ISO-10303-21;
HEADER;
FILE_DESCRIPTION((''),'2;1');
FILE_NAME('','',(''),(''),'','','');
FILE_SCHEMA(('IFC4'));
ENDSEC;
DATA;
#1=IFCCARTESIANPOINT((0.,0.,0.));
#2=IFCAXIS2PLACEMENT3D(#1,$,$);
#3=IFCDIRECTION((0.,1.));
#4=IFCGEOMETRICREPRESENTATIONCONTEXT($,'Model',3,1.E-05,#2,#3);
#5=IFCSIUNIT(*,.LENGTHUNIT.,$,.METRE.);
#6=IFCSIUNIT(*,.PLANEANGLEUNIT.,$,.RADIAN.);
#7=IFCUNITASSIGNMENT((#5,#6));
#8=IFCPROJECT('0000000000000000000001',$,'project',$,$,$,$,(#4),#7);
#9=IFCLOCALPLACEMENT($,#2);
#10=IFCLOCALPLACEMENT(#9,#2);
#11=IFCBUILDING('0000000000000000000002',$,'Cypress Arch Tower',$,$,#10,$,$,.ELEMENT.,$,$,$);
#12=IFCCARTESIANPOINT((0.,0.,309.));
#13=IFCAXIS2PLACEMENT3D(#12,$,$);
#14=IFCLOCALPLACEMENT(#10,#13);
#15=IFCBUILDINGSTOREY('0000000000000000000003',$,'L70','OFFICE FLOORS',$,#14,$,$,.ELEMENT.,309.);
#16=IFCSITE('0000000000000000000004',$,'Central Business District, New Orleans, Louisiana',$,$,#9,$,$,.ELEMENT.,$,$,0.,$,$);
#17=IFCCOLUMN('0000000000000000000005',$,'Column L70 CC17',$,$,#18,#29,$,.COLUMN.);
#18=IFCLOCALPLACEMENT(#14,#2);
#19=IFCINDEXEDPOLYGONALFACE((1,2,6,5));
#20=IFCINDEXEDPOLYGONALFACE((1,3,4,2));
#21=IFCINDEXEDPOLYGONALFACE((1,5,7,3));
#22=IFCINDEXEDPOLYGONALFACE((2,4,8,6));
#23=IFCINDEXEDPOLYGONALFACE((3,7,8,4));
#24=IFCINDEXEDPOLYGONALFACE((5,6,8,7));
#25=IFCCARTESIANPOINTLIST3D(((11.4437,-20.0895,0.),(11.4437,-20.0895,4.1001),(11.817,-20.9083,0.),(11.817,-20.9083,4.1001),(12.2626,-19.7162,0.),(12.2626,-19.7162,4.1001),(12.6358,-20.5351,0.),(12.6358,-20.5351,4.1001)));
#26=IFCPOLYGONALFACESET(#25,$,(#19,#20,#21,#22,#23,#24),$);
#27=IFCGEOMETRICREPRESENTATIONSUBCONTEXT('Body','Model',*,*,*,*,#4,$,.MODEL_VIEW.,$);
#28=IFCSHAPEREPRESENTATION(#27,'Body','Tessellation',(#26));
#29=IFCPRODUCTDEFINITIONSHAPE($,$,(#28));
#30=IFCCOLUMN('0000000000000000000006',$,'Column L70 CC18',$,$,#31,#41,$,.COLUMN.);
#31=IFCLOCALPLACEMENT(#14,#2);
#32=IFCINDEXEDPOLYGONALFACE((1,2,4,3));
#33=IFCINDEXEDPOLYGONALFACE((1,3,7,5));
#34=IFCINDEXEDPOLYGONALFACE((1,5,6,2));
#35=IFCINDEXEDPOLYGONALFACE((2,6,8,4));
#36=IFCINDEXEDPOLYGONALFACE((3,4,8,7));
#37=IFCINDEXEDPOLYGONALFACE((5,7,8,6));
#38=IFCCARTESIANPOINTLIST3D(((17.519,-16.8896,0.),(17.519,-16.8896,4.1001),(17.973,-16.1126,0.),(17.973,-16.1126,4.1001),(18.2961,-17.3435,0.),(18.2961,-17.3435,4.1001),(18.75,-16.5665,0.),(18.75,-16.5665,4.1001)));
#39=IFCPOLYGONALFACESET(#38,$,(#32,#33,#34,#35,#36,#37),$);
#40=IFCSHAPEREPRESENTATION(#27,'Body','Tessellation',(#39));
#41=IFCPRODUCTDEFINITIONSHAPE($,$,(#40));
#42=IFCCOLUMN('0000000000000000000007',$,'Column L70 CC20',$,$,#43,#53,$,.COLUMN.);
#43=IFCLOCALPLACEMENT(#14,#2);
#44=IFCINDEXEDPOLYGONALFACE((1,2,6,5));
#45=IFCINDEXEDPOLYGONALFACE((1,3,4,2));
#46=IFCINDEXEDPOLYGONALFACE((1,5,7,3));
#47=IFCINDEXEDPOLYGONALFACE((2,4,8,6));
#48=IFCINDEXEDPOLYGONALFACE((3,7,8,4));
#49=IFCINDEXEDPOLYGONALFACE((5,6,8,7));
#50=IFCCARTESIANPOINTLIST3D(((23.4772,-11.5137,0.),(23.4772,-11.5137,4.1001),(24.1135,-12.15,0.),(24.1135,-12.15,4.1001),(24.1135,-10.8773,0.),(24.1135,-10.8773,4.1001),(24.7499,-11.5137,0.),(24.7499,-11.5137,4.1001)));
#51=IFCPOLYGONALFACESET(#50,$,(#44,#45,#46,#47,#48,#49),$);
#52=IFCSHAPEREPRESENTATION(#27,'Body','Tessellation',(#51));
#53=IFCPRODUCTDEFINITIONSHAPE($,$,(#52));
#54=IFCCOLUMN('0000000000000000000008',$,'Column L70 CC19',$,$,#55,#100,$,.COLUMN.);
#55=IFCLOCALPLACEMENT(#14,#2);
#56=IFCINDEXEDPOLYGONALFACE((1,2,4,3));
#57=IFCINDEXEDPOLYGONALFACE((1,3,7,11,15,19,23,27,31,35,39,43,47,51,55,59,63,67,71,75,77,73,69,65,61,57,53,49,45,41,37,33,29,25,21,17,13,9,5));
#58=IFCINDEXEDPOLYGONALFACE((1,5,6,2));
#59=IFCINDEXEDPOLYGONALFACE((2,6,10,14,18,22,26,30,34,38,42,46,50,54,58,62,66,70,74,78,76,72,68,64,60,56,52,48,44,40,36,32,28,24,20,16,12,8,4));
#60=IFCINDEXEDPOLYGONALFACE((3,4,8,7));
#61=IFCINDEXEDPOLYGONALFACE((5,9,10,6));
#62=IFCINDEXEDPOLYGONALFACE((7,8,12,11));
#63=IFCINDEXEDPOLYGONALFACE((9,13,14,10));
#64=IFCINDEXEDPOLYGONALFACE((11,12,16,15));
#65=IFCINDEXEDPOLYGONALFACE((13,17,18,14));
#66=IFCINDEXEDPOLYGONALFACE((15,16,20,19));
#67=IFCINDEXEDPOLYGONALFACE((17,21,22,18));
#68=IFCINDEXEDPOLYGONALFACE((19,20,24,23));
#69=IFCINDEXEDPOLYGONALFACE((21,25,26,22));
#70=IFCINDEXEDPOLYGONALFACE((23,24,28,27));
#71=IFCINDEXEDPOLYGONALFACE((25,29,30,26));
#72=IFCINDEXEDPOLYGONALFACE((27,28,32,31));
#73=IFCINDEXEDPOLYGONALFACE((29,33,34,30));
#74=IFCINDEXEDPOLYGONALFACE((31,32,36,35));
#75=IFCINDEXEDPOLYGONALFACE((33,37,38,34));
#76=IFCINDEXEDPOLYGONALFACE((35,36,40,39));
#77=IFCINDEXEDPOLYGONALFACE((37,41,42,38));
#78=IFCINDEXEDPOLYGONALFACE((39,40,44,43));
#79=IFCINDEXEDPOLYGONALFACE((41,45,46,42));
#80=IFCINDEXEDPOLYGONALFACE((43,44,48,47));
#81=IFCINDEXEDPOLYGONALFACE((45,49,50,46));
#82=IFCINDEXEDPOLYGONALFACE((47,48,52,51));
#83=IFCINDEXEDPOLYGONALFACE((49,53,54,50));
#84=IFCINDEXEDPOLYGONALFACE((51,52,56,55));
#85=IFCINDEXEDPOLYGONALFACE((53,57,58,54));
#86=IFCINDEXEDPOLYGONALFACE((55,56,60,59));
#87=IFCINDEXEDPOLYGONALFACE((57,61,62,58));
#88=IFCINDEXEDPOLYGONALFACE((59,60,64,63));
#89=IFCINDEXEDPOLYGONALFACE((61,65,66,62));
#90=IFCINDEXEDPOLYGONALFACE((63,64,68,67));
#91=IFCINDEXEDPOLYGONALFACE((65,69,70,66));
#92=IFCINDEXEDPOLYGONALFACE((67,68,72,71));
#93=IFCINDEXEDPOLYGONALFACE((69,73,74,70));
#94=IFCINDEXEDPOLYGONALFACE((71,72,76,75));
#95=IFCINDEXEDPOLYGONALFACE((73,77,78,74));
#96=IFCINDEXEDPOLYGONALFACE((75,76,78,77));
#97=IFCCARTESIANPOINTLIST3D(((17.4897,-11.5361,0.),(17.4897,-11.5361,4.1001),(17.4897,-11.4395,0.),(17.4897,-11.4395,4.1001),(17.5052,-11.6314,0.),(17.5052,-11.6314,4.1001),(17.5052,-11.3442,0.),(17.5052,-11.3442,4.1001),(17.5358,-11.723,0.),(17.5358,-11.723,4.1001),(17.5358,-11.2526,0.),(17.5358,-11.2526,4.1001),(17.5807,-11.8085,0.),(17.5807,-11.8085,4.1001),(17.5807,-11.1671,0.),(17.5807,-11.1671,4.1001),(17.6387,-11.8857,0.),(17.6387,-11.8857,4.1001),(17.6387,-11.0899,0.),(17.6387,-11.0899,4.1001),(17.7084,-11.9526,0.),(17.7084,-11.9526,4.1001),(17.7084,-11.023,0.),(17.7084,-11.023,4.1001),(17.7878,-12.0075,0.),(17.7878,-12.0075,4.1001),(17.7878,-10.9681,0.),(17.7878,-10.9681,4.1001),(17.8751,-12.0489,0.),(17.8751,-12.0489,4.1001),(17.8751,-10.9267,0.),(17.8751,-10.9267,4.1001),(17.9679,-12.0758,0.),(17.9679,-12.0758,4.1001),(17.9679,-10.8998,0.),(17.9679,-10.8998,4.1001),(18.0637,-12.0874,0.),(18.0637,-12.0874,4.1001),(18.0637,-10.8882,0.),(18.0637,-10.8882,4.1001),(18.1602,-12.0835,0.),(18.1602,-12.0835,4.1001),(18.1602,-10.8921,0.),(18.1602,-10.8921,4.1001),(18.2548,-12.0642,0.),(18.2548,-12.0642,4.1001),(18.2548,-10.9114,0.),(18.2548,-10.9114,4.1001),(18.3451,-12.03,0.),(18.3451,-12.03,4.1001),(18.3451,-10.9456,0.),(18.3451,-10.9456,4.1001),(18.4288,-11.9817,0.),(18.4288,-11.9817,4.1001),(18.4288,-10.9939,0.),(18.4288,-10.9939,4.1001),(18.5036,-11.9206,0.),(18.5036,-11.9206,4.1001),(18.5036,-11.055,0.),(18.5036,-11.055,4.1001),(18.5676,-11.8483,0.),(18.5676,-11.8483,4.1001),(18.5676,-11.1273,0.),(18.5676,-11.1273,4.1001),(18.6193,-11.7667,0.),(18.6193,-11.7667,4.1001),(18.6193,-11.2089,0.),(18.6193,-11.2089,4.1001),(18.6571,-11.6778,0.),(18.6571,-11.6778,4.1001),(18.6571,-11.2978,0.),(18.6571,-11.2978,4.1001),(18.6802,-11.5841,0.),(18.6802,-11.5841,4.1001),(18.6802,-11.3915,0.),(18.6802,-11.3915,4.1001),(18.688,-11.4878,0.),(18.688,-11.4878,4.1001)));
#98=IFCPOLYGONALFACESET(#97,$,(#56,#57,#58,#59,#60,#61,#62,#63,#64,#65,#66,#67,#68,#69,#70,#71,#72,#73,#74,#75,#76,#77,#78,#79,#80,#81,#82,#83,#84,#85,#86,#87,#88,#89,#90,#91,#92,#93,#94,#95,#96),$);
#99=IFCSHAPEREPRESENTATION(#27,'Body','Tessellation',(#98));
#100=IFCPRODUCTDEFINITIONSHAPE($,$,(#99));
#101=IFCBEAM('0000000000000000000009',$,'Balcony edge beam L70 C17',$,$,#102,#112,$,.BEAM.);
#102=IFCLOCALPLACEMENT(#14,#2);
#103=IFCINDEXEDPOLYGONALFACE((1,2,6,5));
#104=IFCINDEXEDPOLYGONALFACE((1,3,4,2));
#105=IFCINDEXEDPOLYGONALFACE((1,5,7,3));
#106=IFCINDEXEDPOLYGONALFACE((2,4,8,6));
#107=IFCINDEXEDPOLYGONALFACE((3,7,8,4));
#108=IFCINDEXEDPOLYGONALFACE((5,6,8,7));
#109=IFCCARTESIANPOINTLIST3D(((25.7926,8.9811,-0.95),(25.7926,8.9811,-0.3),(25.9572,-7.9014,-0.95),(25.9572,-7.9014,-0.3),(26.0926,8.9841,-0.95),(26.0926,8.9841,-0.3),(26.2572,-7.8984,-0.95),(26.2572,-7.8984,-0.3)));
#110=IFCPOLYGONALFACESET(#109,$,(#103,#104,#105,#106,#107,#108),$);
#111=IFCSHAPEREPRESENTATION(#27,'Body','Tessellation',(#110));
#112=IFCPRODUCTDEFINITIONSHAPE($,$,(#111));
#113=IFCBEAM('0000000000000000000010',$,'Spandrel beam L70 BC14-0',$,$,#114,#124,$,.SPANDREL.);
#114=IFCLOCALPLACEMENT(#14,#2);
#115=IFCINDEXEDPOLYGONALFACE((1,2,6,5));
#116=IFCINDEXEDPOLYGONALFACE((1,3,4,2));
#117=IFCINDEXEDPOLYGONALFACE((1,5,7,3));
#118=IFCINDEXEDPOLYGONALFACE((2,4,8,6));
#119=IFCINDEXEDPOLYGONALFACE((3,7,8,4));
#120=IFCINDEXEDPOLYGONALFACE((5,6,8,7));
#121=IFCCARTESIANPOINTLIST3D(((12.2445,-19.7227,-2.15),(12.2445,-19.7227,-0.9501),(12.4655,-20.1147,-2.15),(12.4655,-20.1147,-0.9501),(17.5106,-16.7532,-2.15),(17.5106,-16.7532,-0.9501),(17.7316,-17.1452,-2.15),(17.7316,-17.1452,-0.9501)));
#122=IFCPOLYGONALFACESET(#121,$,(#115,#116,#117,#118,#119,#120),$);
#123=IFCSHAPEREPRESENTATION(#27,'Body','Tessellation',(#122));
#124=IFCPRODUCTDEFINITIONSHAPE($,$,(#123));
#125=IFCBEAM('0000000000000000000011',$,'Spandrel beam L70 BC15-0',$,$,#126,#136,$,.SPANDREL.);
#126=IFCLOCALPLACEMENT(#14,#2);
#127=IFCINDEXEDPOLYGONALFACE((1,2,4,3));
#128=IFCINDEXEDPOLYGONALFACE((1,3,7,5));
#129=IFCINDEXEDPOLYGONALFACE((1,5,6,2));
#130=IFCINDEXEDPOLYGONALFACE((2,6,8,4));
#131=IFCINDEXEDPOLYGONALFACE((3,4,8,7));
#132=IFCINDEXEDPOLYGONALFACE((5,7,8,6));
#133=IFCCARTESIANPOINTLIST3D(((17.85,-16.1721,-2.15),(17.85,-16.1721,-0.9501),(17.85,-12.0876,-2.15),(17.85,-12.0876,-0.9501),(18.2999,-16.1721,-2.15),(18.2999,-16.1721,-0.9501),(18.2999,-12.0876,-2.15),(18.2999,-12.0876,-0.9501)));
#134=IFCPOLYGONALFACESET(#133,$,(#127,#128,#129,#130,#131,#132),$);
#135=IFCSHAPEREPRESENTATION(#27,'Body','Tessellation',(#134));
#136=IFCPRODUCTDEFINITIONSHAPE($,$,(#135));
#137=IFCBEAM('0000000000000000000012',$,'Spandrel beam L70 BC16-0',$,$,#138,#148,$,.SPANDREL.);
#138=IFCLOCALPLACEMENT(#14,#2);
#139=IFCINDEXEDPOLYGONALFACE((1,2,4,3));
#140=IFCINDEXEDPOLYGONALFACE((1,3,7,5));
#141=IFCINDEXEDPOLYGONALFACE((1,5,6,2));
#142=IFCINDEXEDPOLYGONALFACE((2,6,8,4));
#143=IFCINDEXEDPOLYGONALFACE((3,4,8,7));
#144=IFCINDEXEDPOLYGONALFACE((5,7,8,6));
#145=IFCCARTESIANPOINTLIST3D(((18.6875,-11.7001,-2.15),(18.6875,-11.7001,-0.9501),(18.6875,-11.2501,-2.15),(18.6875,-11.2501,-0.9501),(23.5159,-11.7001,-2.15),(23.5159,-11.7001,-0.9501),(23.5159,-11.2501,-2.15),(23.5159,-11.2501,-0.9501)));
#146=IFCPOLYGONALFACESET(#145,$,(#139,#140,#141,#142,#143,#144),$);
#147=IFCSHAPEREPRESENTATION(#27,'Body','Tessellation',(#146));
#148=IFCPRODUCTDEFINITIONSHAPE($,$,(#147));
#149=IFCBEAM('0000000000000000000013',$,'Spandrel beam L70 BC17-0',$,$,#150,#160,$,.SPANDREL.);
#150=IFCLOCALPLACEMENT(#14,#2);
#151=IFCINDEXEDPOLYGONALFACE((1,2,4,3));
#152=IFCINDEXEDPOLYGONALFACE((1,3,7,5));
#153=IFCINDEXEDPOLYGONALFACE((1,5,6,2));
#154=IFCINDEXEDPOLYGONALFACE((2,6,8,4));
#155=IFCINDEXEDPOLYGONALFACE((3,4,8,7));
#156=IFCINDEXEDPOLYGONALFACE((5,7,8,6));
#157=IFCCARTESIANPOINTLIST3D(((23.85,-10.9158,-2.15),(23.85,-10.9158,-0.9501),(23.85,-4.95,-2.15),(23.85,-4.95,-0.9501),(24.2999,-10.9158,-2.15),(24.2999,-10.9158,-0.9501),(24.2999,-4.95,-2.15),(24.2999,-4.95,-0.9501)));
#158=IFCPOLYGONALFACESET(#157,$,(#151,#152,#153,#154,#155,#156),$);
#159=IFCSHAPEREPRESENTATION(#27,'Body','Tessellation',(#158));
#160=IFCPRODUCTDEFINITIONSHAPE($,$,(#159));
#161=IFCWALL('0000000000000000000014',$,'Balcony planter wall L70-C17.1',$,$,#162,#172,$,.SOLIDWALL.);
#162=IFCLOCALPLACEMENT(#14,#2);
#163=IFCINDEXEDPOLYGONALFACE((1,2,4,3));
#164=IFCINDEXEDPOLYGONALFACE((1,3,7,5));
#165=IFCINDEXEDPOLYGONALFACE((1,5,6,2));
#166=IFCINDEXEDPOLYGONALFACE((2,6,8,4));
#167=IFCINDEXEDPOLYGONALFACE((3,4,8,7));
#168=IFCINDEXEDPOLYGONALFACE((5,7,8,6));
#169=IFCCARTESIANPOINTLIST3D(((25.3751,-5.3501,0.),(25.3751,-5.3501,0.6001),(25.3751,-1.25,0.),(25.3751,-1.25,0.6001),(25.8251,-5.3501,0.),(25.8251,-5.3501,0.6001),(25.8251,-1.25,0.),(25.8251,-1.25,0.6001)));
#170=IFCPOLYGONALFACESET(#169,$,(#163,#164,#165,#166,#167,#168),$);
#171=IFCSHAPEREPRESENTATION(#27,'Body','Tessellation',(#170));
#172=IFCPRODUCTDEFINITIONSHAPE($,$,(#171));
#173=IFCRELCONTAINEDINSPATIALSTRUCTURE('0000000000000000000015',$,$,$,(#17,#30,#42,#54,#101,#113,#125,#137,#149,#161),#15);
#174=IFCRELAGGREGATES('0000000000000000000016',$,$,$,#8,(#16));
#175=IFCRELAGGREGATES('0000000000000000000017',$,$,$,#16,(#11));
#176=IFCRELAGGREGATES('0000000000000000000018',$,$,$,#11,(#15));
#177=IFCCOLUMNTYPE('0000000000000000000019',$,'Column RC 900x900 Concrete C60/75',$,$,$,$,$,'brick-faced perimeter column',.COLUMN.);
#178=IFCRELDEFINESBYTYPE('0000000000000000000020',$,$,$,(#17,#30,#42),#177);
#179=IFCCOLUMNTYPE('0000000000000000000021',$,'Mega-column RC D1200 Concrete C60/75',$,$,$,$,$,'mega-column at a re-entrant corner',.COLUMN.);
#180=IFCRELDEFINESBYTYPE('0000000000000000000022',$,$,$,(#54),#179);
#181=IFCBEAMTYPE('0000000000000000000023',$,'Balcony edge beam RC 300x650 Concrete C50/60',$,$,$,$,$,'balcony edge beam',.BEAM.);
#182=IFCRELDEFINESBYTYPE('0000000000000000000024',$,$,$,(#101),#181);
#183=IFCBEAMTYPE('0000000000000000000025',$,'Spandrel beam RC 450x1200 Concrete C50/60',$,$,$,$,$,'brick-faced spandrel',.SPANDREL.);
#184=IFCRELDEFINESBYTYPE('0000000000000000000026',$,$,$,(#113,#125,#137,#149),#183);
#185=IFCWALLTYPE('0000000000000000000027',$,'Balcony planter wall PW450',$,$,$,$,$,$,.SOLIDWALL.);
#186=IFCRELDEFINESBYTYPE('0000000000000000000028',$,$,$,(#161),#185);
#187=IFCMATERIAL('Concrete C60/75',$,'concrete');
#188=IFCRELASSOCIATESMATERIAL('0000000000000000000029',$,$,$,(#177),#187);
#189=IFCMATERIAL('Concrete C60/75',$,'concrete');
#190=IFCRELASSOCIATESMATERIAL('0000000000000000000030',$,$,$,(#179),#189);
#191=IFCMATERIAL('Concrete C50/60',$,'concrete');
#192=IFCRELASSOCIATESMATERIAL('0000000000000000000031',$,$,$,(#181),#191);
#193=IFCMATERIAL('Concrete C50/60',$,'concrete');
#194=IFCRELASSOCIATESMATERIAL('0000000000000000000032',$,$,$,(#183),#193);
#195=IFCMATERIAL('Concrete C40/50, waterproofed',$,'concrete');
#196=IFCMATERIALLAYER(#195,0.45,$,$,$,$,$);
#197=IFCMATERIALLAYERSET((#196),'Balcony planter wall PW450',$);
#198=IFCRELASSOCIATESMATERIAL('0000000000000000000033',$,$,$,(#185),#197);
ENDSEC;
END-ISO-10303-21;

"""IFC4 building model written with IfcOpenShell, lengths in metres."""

from ifc_helpers import new_model, si_unit, direction, frame, frame_2d, origin, origin_2d, place, context, subcontext, project, spatial, rectangle, circle, extrude, material, layer, layer_set, material_profile, profile_set, type_object, element, save


model = new_model("IFC4")

# Units and contexts
model_context = context("Model", 3, precision=1e-05, world=origin(), true_north=direction((0.0, 1.0)))
body_context = subcontext(model_context, "Body", "Model", "MODEL_VIEW")
ifc_project = project(units=[si_unit("LENGTHUNIT", "METRE"), si_unit("PLANEANGLEUNIT", "RADIAN")], contexts=[model_context])

# Site, building, storey
site_placement = place(None, origin())
site = spatial("IfcSite", under=ifc_project, at=site_placement, Name="Central Business District, New Orleans, Louisiana", CompositionType="ELEMENT", RefElevation=0.0)
building_placement = place(site_placement, origin())
building = spatial("IfcBuilding", under=site, at=building_placement, Name="Cypress Arch Tower", CompositionType="ELEMENT")
storey_placement = place(building_placement, frame((0.0, 0.0, 309.0)))
storey = spatial("IfcBuildingStorey", under=building, at=storey_placement, Name="L70", Description="OFFICE FLOORS", CompositionType="ELEMENT", Elevation=309.0)

# Columns
ifc_material_1 = material(Name="Concrete C60/75", Category="concrete")
ifc_material_profile_1 = material_profile(ifc_material_1, rectangle(XDim=0.8999, YDim=0.8999, at=origin_2d()), Name="RC 900x900")
ifc_profile_set_1 = profile_set([ifc_material_profile_1], Name="Concrete C60/75")
column_type_1 = type_object("IfcColumnType", Name="Column RC 900x900 Concrete C60/75", ElementType="brick-faced perimeter column", PredefinedType="COLUMN", material=ifc_profile_set_1)
for number, where, z_axis, x_axis, name in (
    (1, (12.0398, -20.3123, 0.0), (0.0, 0.0, 1.0), (0.909932, 0.414757, 0.0), "Column L70 CC17"),
    (2, (18.1345, -16.728, 0.0), (0.0, 0.0, 1.0), (0.504399, 0.863471, 0.0), "Column L70 CC18"),
    (3, (24.1135, -11.5137, 0.0), (0.0, 0.0, 1.0), (0.707107, 0.707107, 0.0), "Column L70 CC20"),
):
    element("IfcColumn", number, at=place(storey_placement, frame(where, z_axis=z_axis, x_axis=x_axis)), inside=storey, type_object=column_type_1, Name=name, PredefinedType="COLUMN", context=body_context, shape_type="SweptSolid", body=[
        extrude(rectangle(XDim=0.8999, YDim=0.8999, at=origin_2d()), origin(), (0.0, 0.0, 1.0), 4.1001),
    ])
ifc_material_2 = material(Name="Concrete C60/75", Category="concrete")
ifc_material_profile_2 = material_profile(ifc_material_2, circle(Radius=0.6001, at=origin_2d()), Name="RC D1200")
ifc_profile_set_2 = profile_set([ifc_material_profile_2], Name="Concrete C60/75")
column_type_2 = type_object("IfcColumnType", Name="Mega-column RC D1200 Concrete C60/75", ElementType="mega-column at a re-entrant corner", PredefinedType="COLUMN", material=ifc_profile_set_2)
column_placement = place(storey_placement, frame((18.0879, -11.4878, 0.0), z_axis=(0.0, 0.0, 1.0), x_axis=(1.0, 0.0, 0.0)))
element("IfcColumn", 4, at=column_placement, inside=storey, type_object=column_type_2, Name="Column L70 CC19", PredefinedType="COLUMN", context=body_context, shape_type="SweptSolid", body=[
    extrude(circle(Radius=0.6001, at=origin_2d()), origin(), (0.0, 0.0, 1.0), 4.1001),
])

# Beams
ifc_material_3 = material(Name="Concrete C50/60", Category="concrete")
ifc_material_profile_3 = material_profile(ifc_material_3, rectangle(XDim=0.3, YDim=0.6499, at=origin_2d()), Name="RC 300x650")
ifc_profile_set_3 = profile_set([ifc_material_profile_3], Name="Concrete C50/60")
beam_type_1 = type_object("IfcBeamType", Name="Balcony edge beam RC 300x650 Concrete C50/60", ElementType="balcony edge beam", PredefinedType="BEAM", material=ifc_profile_set_3)
beam_1_placement = place(storey_placement, frame((26.1072, -7.8999, -0.625), z_axis=(-0.009746, 0.999953, 0.0), x_axis=(-0.999953, -0.009746, 0.0)))
element("IfcBeam", 5, at=beam_1_placement, inside=storey, type_object=beam_type_1, Name="Balcony edge beam L70 C17", PredefinedType="BEAM", context=body_context, shape_type="SweptSolid", body=[
    extrude(rectangle(XDim=0.3, YDim=0.6499, at=origin_2d()), origin(), (0.0, 0.0, 1.0), 16.8833),
])
ifc_material_4 = material(Name="Concrete C50/60", Category="concrete")
ifc_material_profile_4 = material_profile(ifc_material_4, rectangle(XDim=0.45, YDim=1.2, at=origin_2d()), Name="RC 450x1200")
ifc_profile_set_4 = profile_set([ifc_material_profile_4], Name="Concrete C50/60")
beam_type_2 = type_object("IfcBeamType", Name="Spandrel beam RC 450x1200 Concrete C50/60", ElementType="brick-faced spandrel", PredefinedType="SPANDREL", material=ifc_profile_set_4)
beam_2_placement = place(storey_placement, frame((12.355, -19.9187, -1.55), z_axis=(0.87106, 0.491177, 0.0), x_axis=(-0.491177, 0.87106, 0.0)))
element("IfcBeam", 6, at=beam_2_placement, inside=storey, type_object=beam_type_2, Name="Spandrel beam L70 BC14-0", PredefinedType="SPANDREL", context=body_context, shape_type="SweptSolid", body=[
    extrude(rectangle(XDim=0.45, YDim=1.2, at=origin_2d()), origin(), (0.0, 0.0, 1.0), 6.0457),
])
beam_3_placement = place(storey_placement, frame((18.075, -16.1721, -1.55), z_axis=(0.0, 1.0, 0.0), x_axis=(-1.0, 0.0, 0.0)))
element("IfcBeam", 7, at=beam_3_placement, inside=storey, type_object=beam_type_2, Name="Spandrel beam L70 BC15-0", PredefinedType="SPANDREL", context=body_context, shape_type="SweptSolid", body=[
    extrude(rectangle(XDim=0.45, YDim=1.2, at=origin_2d()), origin(), (0.0, 0.0, 1.0), 4.0845),
])
beam_4_placement = place(storey_placement, frame((18.6875, -11.4751, -1.55), z_axis=(1.0, 0.0, 0.0), x_axis=(0.0, 1.0, 0.0)))
element("IfcBeam", 8, at=beam_4_placement, inside=storey, type_object=beam_type_2, Name="Spandrel beam L70 BC16-0", PredefinedType="SPANDREL", context=body_context, shape_type="SweptSolid", body=[
    extrude(rectangle(XDim=0.45, YDim=1.2, at=origin_2d()), origin(), (0.0, 0.0, 1.0), 4.8284),
])
beam_5_placement = place(storey_placement, frame((24.075, -10.9158, -1.55), z_axis=(0.0, 1.0, 0.0), x_axis=(-1.0, 0.0, 0.0)))
element("IfcBeam", 9, at=beam_5_placement, inside=storey, type_object=beam_type_2, Name="Spandrel beam L70 BC17-0", PredefinedType="SPANDREL", context=body_context, shape_type="SweptSolid", body=[
    extrude(rectangle(XDim=0.45, YDim=1.2, at=origin_2d()), origin(), (0.0, 0.0, 1.0), 5.9658),
])

# Wall
ifc_material_5 = material(Name="Concrete C40/50, waterproofed", Category="concrete")
ifc_layer_1 = layer(ifc_material_5, 0.45)
ifc_layer_set_1 = layer_set([ifc_layer_1], Name="Balcony planter wall PW450")
wall_type_1 = type_object("IfcWallType", Name="Balcony planter wall PW450", PredefinedType="SOLIDWALL", material=ifc_layer_set_1)
wall_1_placement = place(storey_placement, frame((25.6001, -5.3501, 0.0), z_axis=(0.0, 0.0, 1.0), x_axis=(0.0, 1.0, 0.0)))
element("IfcWall", 10, at=wall_1_placement, inside=storey, type_object=wall_type_1, Name="Balcony planter wall L70-C17.1", PredefinedType="SOLIDWALL", context=body_context, shape_type="SweptSolid", body=[
    extrude(rectangle(XDim=4.1001, YDim=0.45, at=frame_2d((2.05, 0.0))), origin(), (0.0, 0.0, 1.0), 0.6001),
])

save(model, "model.ifc")
